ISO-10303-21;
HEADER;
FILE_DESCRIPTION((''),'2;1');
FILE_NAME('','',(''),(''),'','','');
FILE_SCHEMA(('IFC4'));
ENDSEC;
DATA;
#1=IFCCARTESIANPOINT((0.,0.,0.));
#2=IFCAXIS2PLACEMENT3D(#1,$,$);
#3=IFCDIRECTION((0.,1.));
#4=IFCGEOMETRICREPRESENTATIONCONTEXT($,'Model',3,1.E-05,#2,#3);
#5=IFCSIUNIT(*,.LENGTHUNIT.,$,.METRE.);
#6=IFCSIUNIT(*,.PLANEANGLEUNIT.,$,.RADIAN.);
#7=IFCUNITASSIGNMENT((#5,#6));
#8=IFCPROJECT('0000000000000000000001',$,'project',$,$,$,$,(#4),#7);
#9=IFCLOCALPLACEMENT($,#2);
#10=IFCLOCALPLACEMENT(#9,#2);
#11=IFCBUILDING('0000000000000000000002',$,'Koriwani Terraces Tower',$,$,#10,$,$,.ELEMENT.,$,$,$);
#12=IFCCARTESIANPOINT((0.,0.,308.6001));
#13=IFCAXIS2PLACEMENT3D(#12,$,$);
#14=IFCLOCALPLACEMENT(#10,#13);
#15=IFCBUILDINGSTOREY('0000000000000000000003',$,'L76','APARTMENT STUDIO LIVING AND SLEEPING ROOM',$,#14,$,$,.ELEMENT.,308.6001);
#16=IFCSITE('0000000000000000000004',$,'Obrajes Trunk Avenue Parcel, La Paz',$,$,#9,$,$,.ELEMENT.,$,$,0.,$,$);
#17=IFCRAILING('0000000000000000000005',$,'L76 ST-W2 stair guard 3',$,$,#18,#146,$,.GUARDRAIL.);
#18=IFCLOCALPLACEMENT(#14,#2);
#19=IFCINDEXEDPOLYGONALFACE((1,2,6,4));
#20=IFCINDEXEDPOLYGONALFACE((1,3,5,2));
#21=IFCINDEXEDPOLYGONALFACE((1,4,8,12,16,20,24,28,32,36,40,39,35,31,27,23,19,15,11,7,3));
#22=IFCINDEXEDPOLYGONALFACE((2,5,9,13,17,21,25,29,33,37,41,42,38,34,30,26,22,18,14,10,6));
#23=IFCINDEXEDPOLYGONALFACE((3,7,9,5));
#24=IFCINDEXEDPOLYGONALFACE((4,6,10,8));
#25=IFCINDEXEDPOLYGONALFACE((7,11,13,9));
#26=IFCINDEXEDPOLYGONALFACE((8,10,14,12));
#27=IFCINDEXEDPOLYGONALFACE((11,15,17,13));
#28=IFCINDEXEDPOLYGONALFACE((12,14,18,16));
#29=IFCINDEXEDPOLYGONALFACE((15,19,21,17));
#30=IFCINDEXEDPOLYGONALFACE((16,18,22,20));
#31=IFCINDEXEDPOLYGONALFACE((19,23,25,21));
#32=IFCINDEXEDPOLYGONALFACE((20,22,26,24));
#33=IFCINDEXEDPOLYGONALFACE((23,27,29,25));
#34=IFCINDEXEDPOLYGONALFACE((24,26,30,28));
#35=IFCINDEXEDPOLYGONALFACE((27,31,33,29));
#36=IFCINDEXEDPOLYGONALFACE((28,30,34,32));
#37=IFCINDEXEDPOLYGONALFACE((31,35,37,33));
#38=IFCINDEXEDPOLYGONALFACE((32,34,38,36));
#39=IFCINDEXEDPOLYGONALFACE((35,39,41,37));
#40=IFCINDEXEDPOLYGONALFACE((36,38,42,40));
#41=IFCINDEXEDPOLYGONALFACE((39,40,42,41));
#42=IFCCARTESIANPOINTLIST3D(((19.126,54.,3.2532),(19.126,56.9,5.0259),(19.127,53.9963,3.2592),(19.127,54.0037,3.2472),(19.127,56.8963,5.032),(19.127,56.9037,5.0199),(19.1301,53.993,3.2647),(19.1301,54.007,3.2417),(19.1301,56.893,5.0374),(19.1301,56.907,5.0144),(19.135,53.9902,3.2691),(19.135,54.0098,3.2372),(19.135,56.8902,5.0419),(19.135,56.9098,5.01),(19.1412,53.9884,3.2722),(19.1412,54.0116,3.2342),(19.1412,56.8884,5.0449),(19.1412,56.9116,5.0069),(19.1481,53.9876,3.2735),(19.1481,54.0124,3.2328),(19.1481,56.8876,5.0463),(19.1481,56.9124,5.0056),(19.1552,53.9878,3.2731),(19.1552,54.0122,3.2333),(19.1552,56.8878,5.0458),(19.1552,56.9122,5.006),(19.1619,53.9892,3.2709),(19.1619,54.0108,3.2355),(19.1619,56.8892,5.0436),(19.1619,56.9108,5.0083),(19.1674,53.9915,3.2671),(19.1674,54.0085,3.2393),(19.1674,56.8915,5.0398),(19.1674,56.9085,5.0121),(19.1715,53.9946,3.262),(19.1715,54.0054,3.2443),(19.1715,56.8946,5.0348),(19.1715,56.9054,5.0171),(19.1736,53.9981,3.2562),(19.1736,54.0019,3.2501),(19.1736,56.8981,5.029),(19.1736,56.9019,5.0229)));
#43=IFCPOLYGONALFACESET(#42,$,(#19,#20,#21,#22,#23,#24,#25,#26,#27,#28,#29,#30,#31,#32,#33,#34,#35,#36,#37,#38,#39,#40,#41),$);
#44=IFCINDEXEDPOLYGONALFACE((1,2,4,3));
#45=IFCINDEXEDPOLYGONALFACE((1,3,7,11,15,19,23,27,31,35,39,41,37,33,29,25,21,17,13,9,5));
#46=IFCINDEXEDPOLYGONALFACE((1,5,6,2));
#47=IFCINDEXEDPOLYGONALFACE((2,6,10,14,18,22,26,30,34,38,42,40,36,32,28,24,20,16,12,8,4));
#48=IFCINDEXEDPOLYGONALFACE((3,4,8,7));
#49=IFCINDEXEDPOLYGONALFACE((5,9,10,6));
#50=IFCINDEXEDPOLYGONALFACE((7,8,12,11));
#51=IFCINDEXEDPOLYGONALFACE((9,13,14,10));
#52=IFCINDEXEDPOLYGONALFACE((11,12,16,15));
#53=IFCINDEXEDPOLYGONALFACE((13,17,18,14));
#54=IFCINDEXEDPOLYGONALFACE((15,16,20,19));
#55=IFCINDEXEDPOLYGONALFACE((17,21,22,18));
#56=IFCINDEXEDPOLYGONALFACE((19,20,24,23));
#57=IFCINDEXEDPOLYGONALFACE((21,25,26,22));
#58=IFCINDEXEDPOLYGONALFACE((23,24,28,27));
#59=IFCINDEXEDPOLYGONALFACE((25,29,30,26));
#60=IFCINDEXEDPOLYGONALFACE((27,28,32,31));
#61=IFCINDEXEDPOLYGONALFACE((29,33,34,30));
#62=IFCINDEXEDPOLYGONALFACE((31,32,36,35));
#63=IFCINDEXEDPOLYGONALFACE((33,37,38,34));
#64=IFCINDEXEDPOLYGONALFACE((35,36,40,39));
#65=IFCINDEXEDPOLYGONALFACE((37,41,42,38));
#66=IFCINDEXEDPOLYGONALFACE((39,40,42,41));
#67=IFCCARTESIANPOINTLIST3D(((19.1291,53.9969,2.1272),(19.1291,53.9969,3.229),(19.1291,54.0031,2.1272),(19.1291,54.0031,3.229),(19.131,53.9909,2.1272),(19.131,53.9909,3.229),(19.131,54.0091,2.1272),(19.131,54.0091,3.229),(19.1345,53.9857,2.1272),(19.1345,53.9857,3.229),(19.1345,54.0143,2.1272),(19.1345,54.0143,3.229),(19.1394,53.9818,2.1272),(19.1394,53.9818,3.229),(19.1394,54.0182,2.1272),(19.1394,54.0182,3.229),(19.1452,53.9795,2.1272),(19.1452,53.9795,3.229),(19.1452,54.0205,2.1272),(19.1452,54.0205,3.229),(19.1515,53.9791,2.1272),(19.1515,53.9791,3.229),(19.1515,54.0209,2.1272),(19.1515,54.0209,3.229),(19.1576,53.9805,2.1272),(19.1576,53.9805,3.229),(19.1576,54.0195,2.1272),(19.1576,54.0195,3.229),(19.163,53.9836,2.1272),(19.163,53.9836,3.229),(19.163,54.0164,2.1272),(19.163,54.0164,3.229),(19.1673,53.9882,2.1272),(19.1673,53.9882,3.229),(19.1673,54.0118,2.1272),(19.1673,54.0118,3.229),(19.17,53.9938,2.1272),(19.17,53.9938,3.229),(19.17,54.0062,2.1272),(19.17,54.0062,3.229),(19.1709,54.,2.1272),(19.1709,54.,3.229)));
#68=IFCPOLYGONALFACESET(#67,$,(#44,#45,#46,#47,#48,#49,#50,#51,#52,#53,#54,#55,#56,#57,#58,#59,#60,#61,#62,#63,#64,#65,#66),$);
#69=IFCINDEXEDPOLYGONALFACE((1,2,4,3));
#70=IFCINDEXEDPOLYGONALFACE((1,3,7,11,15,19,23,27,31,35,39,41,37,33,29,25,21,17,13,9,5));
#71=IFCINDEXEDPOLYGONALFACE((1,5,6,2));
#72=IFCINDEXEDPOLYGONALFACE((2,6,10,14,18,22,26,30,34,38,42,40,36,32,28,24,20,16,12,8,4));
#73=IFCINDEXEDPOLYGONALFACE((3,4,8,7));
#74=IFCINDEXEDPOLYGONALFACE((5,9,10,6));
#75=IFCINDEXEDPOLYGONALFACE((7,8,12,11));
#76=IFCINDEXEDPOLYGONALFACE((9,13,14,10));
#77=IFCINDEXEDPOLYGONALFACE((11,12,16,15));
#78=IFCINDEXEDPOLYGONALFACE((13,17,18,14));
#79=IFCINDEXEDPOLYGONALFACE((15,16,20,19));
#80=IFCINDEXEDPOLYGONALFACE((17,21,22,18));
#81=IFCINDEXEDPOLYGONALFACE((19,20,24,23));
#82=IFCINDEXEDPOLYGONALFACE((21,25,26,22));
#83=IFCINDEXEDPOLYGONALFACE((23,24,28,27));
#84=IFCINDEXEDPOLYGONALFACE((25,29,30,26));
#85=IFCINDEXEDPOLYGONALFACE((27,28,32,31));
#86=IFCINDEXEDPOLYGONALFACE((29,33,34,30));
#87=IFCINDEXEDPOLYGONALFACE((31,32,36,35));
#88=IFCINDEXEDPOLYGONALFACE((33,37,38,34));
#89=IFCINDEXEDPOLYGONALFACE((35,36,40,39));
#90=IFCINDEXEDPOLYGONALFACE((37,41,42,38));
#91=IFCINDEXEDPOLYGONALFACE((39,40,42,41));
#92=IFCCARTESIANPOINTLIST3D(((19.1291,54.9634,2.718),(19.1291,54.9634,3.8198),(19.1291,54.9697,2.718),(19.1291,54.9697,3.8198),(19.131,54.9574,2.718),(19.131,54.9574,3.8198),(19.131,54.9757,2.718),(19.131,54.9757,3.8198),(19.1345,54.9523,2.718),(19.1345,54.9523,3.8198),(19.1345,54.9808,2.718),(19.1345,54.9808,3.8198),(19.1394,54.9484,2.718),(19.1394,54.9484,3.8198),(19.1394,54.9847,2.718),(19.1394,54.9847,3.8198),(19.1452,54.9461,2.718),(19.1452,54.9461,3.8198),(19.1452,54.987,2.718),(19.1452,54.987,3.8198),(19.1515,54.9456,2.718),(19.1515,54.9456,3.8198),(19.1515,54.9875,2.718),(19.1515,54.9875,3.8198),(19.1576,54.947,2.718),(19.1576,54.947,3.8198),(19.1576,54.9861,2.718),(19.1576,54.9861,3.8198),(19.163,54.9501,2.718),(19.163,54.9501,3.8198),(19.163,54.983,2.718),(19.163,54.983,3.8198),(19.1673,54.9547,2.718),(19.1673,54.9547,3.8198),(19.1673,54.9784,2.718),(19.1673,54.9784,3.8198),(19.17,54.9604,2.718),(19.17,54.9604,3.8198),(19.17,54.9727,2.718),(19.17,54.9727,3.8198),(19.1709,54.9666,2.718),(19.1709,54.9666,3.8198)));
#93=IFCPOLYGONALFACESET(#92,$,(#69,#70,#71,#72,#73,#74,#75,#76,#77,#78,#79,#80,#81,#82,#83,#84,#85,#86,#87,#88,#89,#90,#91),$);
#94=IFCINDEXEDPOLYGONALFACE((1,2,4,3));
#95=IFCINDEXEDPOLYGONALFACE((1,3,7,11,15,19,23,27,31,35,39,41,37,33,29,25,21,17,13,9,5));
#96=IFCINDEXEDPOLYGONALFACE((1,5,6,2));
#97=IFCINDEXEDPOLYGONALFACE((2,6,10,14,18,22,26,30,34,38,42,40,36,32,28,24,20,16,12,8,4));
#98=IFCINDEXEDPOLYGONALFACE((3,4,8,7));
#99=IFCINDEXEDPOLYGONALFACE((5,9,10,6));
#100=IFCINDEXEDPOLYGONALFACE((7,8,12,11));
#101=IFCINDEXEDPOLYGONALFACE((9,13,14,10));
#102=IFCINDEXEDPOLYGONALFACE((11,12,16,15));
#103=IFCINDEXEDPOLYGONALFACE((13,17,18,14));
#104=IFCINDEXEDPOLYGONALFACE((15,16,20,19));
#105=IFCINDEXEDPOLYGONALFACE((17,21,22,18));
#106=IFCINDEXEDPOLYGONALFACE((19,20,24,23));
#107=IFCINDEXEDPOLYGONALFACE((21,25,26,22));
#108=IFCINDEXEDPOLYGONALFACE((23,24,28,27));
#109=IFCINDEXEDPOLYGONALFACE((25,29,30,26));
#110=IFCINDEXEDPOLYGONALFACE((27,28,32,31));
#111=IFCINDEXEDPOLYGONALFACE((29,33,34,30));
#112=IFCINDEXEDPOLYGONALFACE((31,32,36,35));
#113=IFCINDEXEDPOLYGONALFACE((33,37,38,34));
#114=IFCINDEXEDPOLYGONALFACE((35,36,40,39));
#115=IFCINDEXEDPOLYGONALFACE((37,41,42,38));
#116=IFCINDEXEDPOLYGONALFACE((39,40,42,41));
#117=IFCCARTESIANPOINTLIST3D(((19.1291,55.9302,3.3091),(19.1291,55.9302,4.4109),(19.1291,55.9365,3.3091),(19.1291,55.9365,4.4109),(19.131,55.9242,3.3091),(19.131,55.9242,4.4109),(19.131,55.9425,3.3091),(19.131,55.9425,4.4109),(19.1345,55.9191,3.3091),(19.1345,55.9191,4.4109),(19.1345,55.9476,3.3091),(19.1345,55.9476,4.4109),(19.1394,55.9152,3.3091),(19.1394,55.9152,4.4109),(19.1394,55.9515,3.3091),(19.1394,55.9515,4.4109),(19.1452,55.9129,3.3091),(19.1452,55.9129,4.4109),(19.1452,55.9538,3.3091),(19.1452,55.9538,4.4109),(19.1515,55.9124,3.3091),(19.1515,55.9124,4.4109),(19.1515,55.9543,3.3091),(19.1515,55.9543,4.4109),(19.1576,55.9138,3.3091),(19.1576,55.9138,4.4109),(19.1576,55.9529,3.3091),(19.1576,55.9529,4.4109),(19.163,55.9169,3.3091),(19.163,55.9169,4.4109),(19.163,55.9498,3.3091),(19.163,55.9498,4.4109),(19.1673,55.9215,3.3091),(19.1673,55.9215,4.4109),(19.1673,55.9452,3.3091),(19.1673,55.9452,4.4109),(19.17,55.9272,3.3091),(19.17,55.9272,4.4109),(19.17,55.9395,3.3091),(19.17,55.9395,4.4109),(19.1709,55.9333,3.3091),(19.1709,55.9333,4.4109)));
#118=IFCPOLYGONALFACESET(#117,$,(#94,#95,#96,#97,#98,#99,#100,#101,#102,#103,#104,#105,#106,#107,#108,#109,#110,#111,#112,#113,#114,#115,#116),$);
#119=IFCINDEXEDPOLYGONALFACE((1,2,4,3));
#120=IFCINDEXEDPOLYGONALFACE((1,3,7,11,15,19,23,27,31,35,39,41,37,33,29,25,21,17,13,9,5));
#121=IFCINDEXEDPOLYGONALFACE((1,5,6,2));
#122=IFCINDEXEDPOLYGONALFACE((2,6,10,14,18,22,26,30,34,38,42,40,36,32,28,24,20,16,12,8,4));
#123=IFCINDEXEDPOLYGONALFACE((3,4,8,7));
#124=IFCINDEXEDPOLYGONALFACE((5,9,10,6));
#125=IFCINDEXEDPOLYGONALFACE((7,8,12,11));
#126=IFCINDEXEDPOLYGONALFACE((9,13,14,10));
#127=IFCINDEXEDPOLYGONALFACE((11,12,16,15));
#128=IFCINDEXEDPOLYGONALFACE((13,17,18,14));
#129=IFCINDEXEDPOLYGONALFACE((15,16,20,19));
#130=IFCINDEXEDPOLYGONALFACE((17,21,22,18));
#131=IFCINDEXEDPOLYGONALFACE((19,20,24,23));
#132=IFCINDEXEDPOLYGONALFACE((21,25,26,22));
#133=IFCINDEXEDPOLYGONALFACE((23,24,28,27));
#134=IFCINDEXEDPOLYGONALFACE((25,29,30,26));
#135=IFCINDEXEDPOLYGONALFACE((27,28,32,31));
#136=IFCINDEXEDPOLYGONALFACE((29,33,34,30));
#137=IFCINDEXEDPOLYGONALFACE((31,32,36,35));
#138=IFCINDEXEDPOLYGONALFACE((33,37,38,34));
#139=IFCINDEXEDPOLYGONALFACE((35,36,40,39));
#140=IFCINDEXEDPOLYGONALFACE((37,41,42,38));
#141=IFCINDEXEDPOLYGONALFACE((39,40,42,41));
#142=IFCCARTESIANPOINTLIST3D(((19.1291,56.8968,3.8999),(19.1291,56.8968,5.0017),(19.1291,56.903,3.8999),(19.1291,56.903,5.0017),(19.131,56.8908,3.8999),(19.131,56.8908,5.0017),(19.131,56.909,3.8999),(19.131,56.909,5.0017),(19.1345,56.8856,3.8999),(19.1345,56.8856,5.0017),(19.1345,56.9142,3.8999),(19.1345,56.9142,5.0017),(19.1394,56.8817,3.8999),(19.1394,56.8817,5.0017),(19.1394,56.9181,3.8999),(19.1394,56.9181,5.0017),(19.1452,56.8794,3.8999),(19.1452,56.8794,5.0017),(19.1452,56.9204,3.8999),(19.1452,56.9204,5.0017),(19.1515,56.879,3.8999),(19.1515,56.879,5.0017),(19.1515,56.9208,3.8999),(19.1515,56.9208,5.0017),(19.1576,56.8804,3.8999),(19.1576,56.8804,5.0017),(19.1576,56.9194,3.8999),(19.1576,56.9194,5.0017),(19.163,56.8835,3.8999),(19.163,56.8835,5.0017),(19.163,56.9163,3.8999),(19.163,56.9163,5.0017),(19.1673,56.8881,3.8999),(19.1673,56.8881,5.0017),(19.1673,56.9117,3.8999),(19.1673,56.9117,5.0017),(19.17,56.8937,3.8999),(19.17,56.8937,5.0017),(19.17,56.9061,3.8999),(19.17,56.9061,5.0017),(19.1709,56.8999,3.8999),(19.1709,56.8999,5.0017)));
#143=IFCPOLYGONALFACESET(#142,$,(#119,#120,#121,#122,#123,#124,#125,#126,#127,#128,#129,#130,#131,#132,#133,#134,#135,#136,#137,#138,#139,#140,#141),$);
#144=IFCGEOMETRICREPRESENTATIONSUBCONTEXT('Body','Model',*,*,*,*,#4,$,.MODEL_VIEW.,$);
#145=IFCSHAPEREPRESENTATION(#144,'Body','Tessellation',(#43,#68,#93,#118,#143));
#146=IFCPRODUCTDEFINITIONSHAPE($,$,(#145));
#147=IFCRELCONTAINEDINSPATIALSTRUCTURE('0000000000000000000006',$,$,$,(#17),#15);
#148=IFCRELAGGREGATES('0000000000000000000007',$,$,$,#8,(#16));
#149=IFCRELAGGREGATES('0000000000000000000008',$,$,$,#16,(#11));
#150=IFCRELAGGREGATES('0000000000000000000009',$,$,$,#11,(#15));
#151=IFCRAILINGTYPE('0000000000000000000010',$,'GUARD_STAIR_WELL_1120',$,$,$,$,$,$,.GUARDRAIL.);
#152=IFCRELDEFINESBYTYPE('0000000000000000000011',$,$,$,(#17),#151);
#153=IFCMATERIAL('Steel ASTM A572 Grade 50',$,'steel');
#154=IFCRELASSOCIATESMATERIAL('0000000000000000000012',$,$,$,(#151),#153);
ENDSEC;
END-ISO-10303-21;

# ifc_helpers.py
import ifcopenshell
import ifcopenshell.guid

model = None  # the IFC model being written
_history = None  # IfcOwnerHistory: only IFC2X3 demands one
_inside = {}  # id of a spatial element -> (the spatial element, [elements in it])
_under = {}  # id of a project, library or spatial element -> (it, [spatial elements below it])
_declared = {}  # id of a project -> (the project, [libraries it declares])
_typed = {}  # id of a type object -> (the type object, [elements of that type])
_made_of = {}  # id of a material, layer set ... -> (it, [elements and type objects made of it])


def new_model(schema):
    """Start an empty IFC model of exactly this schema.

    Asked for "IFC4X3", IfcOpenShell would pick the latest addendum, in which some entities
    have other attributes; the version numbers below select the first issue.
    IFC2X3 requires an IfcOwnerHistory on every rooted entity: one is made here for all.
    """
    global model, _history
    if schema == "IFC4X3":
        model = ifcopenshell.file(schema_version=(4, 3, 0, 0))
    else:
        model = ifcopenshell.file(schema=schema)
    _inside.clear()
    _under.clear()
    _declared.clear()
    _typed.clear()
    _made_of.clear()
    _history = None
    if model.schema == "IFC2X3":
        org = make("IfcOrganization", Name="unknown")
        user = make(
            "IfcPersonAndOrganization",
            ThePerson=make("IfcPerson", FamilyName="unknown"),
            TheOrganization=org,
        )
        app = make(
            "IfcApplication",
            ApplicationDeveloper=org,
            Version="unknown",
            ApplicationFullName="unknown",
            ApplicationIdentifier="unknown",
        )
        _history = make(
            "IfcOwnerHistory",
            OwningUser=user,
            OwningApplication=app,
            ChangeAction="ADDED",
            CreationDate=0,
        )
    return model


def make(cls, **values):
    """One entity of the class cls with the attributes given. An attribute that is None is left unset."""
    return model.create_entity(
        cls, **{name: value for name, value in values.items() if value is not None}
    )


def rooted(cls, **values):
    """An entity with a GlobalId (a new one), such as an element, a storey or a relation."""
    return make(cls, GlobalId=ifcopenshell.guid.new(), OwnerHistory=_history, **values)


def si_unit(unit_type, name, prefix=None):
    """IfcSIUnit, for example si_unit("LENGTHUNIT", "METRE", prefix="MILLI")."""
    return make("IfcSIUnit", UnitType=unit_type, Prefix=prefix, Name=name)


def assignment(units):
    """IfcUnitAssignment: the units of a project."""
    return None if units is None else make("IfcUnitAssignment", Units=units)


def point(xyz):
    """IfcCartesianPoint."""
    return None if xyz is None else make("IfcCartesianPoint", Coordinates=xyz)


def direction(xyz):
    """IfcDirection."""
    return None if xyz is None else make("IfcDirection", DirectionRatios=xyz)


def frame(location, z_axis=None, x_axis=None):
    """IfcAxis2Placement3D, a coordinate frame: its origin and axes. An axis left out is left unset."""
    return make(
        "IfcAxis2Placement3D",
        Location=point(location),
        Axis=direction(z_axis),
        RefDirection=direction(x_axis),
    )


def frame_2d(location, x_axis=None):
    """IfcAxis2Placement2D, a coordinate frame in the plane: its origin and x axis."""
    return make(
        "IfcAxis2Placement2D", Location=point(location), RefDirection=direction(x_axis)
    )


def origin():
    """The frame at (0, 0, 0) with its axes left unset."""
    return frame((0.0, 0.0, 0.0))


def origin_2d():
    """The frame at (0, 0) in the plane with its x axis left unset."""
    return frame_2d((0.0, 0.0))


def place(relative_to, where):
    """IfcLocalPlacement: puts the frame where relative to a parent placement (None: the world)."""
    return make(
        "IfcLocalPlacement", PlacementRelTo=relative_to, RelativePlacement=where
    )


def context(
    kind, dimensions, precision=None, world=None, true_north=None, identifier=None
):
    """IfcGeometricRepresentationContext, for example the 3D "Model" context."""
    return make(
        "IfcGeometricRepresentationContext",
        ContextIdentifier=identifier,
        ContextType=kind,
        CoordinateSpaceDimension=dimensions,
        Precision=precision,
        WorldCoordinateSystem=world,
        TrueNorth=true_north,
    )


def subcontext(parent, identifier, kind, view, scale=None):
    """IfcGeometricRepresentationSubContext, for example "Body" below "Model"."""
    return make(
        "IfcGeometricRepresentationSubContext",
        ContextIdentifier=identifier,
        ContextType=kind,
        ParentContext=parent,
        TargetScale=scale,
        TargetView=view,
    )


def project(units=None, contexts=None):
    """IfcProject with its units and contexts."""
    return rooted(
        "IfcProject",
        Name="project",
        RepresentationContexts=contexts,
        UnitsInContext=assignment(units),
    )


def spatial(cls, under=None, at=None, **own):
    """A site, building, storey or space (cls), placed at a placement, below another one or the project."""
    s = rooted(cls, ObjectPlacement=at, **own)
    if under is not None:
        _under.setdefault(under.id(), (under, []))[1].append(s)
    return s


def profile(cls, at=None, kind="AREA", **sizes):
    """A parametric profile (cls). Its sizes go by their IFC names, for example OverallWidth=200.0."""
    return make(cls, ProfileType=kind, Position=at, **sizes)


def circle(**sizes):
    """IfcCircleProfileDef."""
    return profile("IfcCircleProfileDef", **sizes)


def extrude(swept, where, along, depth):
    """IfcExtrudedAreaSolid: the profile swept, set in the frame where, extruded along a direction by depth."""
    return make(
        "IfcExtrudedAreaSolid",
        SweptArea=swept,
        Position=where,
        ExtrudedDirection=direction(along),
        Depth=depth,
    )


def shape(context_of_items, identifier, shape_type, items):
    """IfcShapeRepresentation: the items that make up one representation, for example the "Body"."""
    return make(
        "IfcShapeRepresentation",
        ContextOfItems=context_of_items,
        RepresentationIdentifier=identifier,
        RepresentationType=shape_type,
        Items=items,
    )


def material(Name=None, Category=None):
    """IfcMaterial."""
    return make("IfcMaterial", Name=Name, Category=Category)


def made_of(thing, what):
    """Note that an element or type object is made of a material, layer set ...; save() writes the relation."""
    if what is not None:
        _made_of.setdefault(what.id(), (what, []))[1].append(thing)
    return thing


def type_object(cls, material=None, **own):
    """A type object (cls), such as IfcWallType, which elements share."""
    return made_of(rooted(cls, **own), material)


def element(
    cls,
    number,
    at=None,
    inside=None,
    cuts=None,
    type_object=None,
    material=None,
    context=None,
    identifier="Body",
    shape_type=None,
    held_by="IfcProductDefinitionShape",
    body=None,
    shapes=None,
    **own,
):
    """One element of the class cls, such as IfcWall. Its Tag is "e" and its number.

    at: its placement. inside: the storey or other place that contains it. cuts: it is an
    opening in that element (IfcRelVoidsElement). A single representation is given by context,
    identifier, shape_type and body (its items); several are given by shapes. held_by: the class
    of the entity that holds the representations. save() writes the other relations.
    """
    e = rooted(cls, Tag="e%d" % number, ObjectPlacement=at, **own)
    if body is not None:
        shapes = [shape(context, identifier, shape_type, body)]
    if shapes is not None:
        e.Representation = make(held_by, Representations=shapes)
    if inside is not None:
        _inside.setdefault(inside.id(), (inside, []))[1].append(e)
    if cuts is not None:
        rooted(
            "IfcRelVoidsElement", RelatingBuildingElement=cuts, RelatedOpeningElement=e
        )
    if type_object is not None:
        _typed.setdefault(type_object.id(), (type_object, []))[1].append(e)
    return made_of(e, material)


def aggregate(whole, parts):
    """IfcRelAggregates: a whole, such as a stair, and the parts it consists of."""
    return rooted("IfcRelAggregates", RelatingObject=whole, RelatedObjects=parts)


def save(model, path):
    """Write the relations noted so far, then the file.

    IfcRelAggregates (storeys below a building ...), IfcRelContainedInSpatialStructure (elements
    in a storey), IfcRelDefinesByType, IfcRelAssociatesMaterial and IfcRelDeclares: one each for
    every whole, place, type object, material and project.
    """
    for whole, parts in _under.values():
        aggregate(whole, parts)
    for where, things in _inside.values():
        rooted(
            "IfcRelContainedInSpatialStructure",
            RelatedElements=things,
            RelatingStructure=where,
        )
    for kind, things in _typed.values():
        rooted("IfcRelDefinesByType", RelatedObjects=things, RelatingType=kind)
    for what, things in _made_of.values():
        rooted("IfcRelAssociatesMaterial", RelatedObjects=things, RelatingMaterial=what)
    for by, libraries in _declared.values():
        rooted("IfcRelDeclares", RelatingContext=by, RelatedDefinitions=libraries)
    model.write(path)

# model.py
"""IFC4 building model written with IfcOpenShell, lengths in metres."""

from ifc_helpers import new_model, si_unit, direction, frame, origin, origin_2d, place, context, subcontext, project, spatial, circle, extrude, material, type_object, element, save


model = new_model("IFC4")

# Units and contexts
model_context = context("Model", 3, precision=1e-05, world=origin(), true_north=direction((0.0, 1.0)))
body_context = subcontext(model_context, "Body", "Model", "MODEL_VIEW")
ifc_project = project(units=[si_unit("LENGTHUNIT", "METRE"), si_unit("PLANEANGLEUNIT", "RADIAN")], contexts=[model_context])

# Site, building, storey
site_placement = place(None, origin())
site = spatial("IfcSite", under=ifc_project, at=site_placement, Name="Obrajes Trunk Avenue Parcel, La Paz", CompositionType="ELEMENT", RefElevation=0.0)
building_placement = place(site_placement, origin())
building = spatial("IfcBuilding", under=site, at=building_placement, Name="Koriwani Terraces Tower", CompositionType="ELEMENT")
storey_placement = place(building_placement, frame((0.0, 0.0, 308.6001)))
storey = spatial("IfcBuildingStorey", under=building, at=storey_placement, Name="L76", Description="APARTMENT STUDIO LIVING AND SLEEPING ROOM", CompositionType="ELEMENT", Elevation=308.6001)

# Shared definitions
ifc_material_1 = material(Name="Steel ASTM A572 Grade 50", Category="steel")

# Railing
railing_type_1 = type_object("IfcRailingType", Name="GUARD_STAIR_WELL_1120", PredefinedType="GUARDRAIL", material=ifc_material_1)
railing_1_placement = place(storey_placement, frame((19.1499, 54.0, 2.1272)))
element("IfcRailing", 1, at=railing_1_placement, inside=storey, type_object=railing_type_1, Name="L76 ST-W2 stair guard 3", PredefinedType="GUARDRAIL", context=body_context, shape_type="SweptSolid", body=[
    extrude(circle(Radius=0.0239, at=origin_2d()), frame((0.0, 0.0, 1.126), z_axis=(0.0, 0.853211, 0.521566), x_axis=(-1.0, 0.0, 0.0)), (0.0, 0.0, 1.0), 3.3989),
    extrude(circle(Radius=0.021, at=origin_2d()), origin(), (0.0, 0.0, 1.0), 1.1018),
    extrude(circle(Radius=0.021, at=origin_2d()), frame((0.0, 0.9666, 0.5908)), (0.0, 0.0, 1.0), 1.1018),
    extrude(circle(Radius=0.021, at=origin_2d()), frame((0.0, 1.9333, 1.1819)), (0.0, 0.0, 1.0), 1.1018),
    extrude(circle(Radius=0.021, at=origin_2d()), frame((0.0, 2.8999, 1.7727)), (0.0, 0.0, 1.0), 1.1018),
])

save(model, "model.ifc")
